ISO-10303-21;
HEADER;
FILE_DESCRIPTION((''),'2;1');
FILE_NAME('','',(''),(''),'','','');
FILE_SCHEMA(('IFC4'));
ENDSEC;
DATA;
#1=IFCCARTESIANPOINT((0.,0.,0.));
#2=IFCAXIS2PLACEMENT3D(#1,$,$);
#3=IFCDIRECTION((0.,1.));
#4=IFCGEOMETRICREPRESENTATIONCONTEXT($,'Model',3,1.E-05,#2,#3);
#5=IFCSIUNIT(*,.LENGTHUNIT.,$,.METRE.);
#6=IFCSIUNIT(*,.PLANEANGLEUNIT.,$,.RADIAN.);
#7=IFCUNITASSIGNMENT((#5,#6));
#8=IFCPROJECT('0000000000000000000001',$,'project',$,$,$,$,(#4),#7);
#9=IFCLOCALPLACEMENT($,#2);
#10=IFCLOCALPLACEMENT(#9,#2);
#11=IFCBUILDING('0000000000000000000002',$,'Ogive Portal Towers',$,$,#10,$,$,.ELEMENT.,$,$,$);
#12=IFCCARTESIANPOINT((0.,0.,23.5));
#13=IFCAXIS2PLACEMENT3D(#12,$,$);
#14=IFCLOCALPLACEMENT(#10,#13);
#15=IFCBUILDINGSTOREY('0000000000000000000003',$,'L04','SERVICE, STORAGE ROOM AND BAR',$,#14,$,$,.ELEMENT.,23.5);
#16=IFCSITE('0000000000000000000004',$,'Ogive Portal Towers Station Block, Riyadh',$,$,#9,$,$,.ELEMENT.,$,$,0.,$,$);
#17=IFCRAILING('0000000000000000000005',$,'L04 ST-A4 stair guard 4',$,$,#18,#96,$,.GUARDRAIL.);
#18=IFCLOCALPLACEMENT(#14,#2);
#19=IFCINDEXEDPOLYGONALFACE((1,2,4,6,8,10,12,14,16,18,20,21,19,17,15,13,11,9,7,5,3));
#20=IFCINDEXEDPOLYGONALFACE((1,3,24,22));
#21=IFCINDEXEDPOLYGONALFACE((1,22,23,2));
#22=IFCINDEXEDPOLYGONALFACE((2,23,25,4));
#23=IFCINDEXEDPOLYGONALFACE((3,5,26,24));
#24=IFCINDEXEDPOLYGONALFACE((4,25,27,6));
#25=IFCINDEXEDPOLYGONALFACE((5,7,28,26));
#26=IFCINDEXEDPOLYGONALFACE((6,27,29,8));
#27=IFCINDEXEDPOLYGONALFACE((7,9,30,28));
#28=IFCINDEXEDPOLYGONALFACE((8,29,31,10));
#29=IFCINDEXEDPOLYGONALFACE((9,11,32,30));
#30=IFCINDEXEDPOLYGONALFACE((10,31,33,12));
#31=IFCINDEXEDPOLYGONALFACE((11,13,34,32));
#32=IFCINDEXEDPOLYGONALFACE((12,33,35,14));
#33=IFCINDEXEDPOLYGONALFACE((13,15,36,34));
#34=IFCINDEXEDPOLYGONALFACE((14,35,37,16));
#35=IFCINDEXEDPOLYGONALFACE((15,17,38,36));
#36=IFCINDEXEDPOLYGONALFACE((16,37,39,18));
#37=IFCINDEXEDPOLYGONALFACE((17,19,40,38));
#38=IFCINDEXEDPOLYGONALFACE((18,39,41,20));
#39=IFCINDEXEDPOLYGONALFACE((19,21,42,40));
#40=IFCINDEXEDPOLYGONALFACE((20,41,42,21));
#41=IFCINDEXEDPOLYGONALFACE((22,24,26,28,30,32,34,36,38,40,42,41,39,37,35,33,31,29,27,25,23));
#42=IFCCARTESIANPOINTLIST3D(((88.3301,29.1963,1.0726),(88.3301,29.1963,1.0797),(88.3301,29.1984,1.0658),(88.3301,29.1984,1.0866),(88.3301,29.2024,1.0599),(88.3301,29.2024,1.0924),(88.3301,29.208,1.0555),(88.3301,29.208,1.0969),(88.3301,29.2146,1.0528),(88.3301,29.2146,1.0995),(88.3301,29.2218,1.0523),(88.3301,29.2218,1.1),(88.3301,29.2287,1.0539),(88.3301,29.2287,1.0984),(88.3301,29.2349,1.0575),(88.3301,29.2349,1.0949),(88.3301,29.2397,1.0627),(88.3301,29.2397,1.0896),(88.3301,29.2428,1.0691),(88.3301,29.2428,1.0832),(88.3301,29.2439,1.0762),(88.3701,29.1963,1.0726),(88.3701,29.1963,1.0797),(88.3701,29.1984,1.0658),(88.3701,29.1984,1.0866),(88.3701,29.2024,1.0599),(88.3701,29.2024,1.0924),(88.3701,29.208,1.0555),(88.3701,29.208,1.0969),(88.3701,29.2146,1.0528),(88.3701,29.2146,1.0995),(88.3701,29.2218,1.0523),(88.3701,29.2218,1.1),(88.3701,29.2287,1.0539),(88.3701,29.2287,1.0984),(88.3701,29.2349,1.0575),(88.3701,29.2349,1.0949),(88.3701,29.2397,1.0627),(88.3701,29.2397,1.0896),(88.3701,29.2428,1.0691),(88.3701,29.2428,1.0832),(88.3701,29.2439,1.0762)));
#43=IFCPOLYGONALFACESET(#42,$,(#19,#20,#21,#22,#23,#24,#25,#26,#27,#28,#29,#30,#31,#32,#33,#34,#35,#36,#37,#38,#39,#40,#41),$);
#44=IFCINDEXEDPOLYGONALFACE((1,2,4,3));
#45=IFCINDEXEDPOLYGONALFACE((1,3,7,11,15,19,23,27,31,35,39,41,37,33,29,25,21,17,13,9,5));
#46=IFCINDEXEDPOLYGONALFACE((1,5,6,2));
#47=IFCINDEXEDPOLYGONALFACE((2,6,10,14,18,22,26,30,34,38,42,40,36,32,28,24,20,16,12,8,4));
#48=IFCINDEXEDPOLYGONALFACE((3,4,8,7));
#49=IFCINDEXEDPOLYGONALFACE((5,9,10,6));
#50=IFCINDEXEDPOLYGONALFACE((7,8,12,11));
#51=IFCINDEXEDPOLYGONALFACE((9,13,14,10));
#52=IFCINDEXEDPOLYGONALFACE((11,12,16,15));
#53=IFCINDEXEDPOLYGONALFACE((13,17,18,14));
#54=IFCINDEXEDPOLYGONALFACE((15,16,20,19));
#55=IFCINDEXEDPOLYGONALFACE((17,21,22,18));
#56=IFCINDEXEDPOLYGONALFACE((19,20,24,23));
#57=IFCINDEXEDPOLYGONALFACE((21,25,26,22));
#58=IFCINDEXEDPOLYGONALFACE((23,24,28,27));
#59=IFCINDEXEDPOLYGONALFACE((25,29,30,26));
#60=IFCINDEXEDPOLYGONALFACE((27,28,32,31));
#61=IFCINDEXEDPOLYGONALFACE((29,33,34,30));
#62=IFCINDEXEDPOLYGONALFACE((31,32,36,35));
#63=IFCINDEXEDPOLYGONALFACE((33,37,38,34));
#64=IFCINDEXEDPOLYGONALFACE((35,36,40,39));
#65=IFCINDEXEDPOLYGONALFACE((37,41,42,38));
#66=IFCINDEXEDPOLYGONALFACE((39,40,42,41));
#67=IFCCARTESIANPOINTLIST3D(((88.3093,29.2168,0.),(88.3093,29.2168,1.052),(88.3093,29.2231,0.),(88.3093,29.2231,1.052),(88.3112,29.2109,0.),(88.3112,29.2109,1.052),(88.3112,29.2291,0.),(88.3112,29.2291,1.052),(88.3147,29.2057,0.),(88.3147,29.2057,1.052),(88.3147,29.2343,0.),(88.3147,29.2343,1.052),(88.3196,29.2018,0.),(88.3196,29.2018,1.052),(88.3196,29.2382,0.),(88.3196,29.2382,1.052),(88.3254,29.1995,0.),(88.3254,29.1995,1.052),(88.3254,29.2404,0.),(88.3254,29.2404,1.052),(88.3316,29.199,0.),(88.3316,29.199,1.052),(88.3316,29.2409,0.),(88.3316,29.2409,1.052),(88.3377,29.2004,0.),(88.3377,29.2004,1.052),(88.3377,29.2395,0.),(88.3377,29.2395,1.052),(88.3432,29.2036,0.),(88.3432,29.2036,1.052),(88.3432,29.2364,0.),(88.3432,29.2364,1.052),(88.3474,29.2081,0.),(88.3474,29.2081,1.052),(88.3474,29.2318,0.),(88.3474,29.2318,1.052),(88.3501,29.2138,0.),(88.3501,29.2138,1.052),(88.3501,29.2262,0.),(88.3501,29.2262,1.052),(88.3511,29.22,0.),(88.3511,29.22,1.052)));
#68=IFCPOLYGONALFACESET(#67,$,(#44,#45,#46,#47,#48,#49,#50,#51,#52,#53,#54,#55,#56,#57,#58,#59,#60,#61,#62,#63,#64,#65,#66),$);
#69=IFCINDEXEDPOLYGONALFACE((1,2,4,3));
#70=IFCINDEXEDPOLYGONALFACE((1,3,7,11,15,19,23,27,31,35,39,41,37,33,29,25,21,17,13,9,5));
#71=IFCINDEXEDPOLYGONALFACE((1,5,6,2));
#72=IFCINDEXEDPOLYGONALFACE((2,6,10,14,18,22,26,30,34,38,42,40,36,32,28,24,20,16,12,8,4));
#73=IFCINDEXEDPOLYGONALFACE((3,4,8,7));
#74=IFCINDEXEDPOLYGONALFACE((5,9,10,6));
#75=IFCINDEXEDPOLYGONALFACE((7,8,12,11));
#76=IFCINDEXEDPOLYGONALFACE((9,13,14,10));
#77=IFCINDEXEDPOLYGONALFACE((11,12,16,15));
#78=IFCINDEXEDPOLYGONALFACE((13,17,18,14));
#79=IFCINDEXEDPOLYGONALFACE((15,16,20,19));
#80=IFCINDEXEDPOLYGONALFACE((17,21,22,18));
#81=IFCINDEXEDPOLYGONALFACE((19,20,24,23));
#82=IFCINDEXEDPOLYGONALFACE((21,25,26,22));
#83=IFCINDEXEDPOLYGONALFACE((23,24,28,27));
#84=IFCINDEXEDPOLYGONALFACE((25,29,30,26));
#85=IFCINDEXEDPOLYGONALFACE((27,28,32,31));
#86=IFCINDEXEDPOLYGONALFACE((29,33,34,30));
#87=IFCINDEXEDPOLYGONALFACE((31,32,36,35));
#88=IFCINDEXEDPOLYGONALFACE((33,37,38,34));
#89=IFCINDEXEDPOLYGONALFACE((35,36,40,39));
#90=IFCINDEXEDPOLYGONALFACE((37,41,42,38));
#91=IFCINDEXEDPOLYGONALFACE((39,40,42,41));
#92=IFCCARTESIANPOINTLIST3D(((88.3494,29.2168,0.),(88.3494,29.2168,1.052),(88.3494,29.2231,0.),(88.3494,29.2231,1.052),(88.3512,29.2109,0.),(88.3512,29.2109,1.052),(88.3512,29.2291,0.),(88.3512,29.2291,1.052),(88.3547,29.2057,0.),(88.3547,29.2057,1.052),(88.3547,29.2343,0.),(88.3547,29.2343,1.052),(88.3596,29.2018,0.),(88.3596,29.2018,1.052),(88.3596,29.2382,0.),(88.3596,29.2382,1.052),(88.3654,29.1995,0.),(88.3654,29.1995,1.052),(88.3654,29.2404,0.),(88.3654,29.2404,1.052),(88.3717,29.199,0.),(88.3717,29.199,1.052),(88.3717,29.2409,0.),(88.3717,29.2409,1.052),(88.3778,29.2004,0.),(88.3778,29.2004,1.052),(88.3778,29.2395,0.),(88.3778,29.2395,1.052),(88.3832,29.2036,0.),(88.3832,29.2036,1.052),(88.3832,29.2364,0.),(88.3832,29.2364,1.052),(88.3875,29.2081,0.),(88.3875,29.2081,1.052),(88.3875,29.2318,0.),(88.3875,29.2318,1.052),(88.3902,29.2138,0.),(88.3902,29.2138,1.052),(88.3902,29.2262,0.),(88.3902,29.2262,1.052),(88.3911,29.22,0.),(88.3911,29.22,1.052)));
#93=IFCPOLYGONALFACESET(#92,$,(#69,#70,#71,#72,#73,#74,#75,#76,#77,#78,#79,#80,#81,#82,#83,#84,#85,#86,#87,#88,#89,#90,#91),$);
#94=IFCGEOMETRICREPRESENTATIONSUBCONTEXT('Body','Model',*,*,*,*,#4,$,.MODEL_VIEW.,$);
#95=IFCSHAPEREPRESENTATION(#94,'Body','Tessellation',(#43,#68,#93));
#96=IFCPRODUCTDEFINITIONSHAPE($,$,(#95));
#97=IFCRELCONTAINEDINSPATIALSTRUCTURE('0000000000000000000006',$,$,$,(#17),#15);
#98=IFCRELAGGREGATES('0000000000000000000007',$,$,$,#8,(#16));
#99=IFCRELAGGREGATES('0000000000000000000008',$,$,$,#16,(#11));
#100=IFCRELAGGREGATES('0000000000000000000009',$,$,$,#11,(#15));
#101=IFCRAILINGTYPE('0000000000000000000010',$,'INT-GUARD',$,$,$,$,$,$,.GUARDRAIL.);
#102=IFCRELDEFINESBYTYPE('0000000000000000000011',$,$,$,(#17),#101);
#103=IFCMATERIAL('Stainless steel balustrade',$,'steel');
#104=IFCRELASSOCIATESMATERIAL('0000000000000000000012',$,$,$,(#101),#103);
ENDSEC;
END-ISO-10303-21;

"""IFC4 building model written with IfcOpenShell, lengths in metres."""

from ifc_helpers import new_model, si_unit, direction, frame, origin, origin_2d, place, context, subcontext, project, spatial, circle, extrude, material, type_object, element, save


model = new_model("IFC4")

# Units and contexts
model_context = context("Model", 3, precision=1e-05, world=origin(), true_north=direction((0.0, 1.0)))
body_context = subcontext(model_context, "Body", "Model", "MODEL_VIEW")
ifc_project = project(units=[si_unit("LENGTHUNIT", "METRE"), si_unit("PLANEANGLEUNIT", "RADIAN")], contexts=[model_context])

# Site, building, storey
site_placement = place(None, origin())
site = spatial("IfcSite", under=ifc_project, at=site_placement, Name="Ogive Portal Towers Station Block, Riyadh", CompositionType="ELEMENT", RefElevation=0.0)
building_placement = place(site_placement, origin())
building = spatial("IfcBuilding", under=site, at=building_placement, Name="Ogive Portal Towers", CompositionType="ELEMENT")
storey_placement = place(building_placement, frame((0.0, 0.0, 23.5)))
storey = spatial("IfcBuildingStorey", under=building, at=storey_placement, Name="L04", Description="SERVICE, STORAGE ROOM AND BAR", CompositionType="ELEMENT", Elevation=23.5)

# Railing
ifc_material_1 = material(Name="Stainless steel balustrade", Category="steel")
railing_type_1 = type_object("IfcRailingType", Name="INT-GUARD", PredefinedType="GUARDRAIL", material=ifc_material_1)
railing_1_placement = place(storey_placement, frame((88.3301, 29.22, 0.0)))
element("IfcRailing", 1, at=railing_1_placement, inside=storey, type_object=railing_type_1, Name="L04 ST-A4 stair guard 4", PredefinedType="GUARDRAIL", context=body_context, shape_type="SweptSolid", body=[
    extrude(circle(Radius=0.0239, at=origin_2d()), frame((0.0, 0.0, 1.0762), z_axis=(1.0, 0.0, 0.0), x_axis=(0.0, 1.0, 0.0)), (0.0, 0.0, 1.0), 0.04),
    extrude(circle(Radius=0.021, at=origin_2d()), origin(), (0.0, 0.0, 1.0), 1.052),
    extrude(circle(Radius=0.021, at=origin_2d()), frame((0.04, 0.0, 0.0)), (0.0, 0.0, 1.0), 1.052),
])

save(model, "model.ifc")
